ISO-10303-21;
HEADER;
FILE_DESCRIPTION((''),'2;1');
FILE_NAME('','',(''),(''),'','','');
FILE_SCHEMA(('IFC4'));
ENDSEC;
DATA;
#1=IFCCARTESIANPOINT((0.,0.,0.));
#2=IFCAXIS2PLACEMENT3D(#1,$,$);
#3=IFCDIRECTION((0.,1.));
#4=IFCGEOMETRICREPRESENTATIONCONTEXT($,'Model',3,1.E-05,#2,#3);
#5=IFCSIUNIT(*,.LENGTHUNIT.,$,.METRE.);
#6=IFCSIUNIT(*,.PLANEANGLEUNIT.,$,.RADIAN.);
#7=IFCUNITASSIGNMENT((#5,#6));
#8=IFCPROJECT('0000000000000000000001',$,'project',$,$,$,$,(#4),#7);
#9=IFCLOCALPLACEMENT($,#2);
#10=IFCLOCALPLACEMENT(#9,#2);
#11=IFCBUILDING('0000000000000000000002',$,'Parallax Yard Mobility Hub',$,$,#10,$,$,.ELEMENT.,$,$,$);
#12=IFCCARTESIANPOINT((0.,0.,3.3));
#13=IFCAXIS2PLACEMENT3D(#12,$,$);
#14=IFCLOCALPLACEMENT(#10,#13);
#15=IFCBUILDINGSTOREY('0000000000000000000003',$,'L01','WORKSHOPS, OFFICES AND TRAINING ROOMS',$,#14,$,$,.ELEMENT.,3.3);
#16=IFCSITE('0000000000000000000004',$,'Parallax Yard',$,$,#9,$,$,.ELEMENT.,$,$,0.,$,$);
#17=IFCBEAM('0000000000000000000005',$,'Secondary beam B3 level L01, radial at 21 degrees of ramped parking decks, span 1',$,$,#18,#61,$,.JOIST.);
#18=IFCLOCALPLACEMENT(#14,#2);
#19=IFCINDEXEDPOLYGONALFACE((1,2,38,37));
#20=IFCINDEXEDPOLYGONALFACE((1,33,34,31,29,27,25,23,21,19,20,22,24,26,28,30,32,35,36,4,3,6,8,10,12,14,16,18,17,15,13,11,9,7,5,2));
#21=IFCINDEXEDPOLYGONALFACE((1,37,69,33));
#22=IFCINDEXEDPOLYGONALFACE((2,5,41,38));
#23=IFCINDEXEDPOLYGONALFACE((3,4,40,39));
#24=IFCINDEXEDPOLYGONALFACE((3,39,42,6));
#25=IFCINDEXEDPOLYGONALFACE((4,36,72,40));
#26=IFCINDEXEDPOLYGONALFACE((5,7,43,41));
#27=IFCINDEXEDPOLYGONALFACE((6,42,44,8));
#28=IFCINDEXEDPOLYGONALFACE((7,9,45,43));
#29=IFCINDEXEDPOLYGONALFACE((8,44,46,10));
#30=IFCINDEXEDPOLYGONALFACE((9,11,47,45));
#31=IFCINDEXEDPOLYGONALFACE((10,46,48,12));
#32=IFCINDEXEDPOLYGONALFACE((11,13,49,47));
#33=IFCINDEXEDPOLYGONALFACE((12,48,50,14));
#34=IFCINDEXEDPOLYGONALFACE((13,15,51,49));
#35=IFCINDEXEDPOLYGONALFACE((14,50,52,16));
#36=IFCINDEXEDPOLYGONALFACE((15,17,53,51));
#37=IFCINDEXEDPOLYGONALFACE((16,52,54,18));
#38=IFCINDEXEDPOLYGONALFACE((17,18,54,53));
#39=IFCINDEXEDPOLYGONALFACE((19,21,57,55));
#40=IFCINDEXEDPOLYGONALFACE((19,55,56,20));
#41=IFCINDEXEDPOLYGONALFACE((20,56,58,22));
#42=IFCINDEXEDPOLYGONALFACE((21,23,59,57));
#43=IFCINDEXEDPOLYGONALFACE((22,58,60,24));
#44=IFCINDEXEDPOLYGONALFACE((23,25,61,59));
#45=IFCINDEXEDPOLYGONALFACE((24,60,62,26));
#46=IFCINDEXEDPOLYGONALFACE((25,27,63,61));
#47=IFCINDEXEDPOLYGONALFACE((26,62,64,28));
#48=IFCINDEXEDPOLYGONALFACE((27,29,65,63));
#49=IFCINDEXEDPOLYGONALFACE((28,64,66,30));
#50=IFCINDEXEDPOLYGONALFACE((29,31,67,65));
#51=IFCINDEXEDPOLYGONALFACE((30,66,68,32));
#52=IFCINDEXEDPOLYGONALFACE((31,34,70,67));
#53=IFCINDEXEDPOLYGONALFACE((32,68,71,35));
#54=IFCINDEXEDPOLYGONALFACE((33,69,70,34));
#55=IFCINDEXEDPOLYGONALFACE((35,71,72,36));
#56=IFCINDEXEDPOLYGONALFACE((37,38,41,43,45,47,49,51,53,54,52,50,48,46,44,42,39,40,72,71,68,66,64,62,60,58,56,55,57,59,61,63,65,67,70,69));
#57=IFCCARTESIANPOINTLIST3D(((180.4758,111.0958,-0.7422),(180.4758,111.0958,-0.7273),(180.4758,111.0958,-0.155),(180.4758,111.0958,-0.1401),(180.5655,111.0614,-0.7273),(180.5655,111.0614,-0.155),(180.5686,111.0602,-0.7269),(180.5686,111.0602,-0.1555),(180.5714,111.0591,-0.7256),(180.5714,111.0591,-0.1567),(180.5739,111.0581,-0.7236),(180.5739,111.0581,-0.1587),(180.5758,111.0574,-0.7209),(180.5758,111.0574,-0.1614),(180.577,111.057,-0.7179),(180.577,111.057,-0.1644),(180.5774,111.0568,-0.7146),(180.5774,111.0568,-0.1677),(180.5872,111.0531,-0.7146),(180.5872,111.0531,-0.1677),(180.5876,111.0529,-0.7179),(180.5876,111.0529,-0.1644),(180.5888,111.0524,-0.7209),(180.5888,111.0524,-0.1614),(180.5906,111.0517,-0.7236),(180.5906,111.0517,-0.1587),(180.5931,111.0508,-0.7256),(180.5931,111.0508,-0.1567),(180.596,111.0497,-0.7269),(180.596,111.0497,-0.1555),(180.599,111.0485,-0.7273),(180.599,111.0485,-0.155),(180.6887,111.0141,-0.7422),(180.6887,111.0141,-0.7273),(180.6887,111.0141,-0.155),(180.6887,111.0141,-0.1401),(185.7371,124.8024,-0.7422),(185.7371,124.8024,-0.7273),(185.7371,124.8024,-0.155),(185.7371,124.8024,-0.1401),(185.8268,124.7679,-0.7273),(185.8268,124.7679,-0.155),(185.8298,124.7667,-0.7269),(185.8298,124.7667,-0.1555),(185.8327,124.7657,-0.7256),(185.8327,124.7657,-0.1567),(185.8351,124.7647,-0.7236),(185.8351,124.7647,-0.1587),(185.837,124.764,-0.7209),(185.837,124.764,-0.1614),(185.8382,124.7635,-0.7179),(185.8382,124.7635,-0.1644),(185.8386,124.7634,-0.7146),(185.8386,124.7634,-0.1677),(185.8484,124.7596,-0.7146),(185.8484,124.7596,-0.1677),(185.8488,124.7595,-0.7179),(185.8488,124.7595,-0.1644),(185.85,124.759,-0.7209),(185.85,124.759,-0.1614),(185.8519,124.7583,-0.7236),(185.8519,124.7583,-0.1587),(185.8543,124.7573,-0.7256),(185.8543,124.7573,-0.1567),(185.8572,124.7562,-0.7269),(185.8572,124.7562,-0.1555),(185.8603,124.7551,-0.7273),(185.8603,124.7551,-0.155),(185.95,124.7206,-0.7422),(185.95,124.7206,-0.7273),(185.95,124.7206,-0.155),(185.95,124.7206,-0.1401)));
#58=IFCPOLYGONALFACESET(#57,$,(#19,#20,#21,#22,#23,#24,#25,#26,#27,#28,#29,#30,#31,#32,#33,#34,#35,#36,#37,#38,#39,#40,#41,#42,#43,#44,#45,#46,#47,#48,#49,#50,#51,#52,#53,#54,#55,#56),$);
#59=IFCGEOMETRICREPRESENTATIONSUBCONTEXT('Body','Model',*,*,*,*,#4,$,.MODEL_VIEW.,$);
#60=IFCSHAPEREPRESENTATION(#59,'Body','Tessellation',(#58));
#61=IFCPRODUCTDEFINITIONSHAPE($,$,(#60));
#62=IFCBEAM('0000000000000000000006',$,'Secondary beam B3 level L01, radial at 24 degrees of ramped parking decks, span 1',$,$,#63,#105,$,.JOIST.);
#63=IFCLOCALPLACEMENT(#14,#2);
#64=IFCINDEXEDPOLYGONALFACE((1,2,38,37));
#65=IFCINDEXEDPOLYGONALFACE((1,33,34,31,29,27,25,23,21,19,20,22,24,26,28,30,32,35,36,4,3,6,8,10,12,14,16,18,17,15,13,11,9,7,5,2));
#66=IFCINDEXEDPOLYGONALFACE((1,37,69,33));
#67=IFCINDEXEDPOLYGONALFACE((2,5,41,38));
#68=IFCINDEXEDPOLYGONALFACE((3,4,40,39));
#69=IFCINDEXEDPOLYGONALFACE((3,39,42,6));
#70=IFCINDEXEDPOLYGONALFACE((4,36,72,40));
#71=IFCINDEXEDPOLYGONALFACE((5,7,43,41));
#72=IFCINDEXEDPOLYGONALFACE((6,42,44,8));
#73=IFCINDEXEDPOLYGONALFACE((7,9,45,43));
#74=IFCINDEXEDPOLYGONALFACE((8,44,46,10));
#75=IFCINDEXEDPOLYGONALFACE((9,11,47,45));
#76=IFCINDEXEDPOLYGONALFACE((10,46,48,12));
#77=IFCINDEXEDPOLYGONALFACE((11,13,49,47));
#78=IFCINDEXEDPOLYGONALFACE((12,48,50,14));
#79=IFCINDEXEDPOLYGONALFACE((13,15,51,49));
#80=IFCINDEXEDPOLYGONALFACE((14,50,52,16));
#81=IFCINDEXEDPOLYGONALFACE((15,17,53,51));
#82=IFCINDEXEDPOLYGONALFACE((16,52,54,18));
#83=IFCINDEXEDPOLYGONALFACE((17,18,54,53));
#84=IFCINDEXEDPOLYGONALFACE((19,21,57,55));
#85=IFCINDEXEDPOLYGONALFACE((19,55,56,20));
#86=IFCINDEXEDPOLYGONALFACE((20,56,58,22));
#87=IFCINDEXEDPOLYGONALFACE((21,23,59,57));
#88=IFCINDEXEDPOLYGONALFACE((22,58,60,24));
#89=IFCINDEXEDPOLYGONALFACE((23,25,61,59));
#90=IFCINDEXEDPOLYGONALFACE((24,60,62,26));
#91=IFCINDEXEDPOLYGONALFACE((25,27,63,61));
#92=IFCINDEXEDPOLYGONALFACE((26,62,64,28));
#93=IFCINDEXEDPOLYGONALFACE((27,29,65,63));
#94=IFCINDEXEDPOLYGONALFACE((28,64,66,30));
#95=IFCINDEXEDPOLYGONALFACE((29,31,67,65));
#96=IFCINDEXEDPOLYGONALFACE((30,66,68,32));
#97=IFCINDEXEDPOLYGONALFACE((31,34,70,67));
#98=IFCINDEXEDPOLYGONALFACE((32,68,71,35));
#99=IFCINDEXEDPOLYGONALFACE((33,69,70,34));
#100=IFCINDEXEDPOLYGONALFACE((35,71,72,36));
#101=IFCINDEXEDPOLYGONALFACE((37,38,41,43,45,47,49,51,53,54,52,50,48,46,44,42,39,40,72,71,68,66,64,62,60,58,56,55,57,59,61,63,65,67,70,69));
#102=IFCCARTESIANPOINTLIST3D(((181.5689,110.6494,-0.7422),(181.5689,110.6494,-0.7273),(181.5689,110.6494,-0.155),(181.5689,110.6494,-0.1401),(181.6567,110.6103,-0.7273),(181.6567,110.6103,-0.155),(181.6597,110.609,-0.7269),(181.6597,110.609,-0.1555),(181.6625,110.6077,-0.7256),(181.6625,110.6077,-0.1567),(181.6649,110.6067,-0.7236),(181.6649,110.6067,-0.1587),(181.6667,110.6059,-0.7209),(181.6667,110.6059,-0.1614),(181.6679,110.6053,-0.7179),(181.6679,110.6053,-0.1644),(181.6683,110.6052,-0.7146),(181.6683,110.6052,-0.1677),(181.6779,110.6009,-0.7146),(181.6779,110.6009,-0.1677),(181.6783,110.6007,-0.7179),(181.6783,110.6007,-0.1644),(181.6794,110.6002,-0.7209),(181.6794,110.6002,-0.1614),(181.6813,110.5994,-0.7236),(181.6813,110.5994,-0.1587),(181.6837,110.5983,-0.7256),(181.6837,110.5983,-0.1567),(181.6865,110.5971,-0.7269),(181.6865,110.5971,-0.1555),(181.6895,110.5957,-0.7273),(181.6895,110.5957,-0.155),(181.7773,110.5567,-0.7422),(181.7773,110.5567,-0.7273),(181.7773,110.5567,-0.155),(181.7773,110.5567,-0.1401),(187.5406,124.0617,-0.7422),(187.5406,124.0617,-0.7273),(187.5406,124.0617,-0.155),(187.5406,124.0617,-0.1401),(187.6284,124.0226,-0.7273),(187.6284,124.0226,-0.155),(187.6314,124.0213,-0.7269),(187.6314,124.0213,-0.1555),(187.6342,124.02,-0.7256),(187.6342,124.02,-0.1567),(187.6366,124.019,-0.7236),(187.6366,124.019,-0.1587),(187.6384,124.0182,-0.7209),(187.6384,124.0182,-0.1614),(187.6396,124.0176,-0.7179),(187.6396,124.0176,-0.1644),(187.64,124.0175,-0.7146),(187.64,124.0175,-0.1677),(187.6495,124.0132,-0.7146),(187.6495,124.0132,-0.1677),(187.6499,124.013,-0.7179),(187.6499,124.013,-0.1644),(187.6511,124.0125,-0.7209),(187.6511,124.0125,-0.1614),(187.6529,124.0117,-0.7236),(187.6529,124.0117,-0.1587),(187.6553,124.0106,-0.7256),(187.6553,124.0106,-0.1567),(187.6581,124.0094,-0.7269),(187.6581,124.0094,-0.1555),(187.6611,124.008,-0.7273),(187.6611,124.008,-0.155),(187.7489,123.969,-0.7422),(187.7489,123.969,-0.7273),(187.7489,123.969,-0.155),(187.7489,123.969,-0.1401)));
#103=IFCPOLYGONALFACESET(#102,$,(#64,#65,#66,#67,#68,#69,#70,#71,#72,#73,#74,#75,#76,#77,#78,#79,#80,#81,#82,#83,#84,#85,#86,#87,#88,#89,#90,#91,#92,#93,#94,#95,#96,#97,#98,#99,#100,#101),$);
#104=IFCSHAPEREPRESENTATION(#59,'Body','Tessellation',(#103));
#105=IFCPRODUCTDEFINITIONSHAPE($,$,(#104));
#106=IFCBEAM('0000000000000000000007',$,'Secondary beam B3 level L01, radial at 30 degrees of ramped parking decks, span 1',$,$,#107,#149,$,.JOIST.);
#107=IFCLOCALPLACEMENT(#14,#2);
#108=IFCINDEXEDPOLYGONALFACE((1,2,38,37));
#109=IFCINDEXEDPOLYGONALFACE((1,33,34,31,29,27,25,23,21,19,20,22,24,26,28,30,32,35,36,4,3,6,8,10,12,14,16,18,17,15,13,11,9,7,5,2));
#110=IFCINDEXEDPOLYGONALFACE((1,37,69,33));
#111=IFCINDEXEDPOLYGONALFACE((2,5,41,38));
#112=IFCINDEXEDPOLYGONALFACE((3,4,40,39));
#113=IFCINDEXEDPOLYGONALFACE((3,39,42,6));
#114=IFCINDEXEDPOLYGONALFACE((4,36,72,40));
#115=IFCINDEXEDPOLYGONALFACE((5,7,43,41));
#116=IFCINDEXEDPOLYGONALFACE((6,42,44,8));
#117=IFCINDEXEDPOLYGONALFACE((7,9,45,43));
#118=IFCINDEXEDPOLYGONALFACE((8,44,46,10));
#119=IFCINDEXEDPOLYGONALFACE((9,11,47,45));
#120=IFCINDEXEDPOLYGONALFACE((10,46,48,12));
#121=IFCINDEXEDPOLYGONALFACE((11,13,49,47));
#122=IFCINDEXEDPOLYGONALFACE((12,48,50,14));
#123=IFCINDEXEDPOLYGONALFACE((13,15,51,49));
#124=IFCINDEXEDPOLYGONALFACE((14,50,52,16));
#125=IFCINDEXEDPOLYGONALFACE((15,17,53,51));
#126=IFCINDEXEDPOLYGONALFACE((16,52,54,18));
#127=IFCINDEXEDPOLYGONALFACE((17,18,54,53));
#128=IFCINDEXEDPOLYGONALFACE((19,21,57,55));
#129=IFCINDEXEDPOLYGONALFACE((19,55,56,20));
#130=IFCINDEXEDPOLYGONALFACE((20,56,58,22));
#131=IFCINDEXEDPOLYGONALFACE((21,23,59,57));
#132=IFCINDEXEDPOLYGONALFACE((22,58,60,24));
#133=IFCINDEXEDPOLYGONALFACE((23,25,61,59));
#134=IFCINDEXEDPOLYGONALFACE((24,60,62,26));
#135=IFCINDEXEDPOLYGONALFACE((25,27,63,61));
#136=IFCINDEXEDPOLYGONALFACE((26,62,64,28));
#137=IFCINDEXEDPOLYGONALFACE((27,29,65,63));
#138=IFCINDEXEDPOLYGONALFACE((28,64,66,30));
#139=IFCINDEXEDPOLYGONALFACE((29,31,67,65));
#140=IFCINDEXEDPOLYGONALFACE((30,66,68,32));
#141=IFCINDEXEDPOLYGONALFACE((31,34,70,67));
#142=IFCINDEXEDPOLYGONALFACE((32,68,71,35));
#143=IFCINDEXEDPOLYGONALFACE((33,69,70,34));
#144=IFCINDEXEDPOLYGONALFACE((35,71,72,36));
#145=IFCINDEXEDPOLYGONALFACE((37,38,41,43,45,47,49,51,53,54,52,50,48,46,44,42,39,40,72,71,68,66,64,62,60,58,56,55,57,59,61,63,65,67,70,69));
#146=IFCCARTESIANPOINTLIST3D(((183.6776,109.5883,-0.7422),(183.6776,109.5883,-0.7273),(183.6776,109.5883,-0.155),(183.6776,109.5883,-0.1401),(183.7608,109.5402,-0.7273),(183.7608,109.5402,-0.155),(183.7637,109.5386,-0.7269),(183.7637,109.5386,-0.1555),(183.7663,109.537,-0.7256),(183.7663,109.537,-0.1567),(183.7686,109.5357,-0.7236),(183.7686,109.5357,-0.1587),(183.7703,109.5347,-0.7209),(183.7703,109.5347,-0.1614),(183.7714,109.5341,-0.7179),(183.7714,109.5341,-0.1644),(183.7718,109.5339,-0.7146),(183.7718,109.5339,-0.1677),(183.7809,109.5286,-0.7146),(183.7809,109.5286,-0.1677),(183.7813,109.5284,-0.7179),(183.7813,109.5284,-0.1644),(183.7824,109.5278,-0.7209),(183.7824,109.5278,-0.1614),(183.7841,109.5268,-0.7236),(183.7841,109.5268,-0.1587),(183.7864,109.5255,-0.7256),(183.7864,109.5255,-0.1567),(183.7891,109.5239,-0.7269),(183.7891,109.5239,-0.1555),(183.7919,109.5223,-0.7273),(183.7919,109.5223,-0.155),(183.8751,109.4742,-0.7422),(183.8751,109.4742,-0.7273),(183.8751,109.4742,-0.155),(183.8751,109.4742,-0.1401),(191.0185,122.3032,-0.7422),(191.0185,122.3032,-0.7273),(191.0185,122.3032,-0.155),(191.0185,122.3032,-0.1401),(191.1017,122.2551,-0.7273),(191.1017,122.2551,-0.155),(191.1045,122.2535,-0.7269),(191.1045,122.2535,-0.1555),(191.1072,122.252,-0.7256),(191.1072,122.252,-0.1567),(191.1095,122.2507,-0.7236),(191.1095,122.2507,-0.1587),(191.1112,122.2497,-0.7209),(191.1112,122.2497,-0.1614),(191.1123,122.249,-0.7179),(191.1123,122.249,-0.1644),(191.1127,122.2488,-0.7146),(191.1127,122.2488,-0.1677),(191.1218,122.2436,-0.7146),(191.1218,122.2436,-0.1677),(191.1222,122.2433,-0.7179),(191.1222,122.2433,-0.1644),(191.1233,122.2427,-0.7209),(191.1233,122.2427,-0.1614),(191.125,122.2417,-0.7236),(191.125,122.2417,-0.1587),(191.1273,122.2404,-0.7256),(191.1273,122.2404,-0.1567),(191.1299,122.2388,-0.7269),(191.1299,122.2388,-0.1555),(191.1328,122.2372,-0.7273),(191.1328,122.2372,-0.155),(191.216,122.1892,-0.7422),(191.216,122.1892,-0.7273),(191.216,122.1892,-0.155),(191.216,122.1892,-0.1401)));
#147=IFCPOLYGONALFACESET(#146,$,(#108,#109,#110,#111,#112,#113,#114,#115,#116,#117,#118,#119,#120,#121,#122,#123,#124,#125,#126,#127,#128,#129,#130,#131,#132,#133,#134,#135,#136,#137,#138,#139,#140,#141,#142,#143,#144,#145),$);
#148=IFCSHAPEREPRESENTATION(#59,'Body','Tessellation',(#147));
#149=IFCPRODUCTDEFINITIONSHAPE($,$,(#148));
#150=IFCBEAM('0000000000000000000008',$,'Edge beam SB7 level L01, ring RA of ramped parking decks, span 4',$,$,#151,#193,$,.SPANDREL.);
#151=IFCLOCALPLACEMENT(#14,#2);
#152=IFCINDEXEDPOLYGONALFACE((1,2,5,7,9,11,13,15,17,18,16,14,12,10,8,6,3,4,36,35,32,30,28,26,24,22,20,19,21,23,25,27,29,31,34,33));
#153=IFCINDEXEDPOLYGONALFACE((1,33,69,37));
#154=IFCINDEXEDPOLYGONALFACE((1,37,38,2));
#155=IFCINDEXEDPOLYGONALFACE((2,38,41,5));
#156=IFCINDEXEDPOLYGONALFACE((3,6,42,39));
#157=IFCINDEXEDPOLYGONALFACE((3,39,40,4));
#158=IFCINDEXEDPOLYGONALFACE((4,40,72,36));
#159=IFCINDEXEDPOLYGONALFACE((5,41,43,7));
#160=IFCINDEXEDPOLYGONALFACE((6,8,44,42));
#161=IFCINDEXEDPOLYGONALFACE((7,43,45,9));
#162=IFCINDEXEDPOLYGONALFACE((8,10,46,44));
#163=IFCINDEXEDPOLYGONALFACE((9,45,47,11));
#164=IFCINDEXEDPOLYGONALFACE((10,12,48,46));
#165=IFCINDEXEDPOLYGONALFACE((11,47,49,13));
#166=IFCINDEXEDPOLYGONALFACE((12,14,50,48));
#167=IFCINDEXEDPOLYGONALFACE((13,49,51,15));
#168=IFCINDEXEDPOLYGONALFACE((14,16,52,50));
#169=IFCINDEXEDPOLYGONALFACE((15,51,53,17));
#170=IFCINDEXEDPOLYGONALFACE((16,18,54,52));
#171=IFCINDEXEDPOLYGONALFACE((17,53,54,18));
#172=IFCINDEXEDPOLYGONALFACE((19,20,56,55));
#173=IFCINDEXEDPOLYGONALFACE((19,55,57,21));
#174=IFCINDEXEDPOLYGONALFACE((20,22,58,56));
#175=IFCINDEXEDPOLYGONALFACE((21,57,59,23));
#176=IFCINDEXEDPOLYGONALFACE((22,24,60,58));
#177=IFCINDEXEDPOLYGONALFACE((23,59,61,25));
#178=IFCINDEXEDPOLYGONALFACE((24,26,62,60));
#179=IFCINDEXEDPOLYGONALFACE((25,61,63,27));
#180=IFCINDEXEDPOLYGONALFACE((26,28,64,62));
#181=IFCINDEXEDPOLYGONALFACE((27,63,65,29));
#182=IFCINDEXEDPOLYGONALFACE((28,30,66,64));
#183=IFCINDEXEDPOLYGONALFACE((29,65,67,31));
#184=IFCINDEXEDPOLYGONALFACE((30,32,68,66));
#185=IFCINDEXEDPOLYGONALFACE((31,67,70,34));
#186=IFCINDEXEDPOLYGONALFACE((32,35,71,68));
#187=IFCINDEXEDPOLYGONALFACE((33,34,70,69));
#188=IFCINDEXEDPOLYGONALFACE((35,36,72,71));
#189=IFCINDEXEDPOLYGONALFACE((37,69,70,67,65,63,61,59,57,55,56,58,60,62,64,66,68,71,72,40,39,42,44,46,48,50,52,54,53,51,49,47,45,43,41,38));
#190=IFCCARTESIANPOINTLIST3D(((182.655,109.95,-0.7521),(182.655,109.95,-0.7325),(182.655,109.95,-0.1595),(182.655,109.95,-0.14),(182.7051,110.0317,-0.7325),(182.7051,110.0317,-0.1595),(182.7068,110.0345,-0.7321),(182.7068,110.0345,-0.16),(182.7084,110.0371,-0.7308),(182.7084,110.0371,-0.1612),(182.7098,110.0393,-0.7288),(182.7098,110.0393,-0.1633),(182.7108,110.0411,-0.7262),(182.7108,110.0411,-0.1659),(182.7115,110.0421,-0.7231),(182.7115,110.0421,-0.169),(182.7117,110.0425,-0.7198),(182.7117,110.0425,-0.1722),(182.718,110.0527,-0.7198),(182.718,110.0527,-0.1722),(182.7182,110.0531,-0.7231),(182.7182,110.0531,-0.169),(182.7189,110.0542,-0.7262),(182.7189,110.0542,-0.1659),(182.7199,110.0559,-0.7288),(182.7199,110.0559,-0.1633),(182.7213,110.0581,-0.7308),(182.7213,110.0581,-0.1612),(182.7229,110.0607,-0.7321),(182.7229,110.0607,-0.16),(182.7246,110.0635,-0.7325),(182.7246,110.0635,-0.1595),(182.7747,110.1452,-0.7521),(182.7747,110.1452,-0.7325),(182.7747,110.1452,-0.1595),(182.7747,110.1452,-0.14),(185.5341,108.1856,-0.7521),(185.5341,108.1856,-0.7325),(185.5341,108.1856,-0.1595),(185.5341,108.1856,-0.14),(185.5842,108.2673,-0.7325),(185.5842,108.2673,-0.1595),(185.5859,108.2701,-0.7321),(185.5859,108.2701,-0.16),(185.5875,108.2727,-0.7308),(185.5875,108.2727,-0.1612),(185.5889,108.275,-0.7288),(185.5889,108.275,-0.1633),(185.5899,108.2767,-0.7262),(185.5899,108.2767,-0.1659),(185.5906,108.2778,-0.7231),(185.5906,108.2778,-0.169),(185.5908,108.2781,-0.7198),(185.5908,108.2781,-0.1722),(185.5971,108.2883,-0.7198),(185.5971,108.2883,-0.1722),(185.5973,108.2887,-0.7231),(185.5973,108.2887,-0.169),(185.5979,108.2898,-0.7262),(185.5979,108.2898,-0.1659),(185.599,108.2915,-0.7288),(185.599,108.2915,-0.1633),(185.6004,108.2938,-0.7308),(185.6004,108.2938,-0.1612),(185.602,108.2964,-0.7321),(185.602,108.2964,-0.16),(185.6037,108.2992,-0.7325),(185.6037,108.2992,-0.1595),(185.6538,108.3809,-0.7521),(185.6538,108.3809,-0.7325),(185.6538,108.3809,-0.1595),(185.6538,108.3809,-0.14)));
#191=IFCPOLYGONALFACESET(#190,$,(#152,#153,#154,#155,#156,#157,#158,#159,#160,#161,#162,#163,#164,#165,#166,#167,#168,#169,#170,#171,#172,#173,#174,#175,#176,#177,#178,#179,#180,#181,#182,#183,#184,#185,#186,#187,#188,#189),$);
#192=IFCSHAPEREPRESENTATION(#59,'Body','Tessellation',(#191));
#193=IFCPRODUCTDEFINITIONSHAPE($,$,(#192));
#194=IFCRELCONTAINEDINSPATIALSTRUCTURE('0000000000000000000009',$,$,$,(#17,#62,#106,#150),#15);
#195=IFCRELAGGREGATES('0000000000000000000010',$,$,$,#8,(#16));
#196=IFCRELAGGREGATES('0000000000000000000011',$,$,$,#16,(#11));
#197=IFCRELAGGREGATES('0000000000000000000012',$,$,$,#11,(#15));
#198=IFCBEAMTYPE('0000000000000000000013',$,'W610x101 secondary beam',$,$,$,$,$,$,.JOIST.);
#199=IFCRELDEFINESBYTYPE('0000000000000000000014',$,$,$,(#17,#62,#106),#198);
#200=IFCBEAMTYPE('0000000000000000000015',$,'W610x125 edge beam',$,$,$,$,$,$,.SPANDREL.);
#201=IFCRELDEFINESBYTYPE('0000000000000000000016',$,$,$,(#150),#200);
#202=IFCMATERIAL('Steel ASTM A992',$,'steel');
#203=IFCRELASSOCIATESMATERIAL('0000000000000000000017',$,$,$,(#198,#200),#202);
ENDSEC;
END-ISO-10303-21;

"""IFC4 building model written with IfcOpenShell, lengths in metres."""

from ifc_helpers import new_model, si_unit, direction, frame, origin, origin_2d, place, context, subcontext, project, spatial, i_section, extrude, material, material_profile, profile_set, type_object, element, save


model = new_model("IFC4")

# Units and contexts
model_context = context("Model", 3, precision=1e-05, world=origin(), true_north=direction((0.0, 1.0)))
body_context = subcontext(model_context, "Body", "Model", "MODEL_VIEW")
ifc_project = project(units=[si_unit("LENGTHUNIT", "METRE"), si_unit("PLANEANGLEUNIT", "RADIAN")], contexts=[model_context])

# Site, building, storey
site_placement = place(None, origin())
site = spatial("IfcSite", under=ifc_project, at=site_placement, Name="Parallax Yard", CompositionType="ELEMENT", RefElevation=0.0)
building_placement = place(site_placement, origin())
building = spatial("IfcBuilding", under=site, at=building_placement, Name="Parallax Yard Mobility Hub", CompositionType="ELEMENT")
storey_placement = place(building_placement, frame((0.0, 0.0, 3.3)))
storey = spatial("IfcBuildingStorey", under=building, at=storey_placement, Name="L01", Description="WORKSHOPS, OFFICES AND TRAINING ROOMS", CompositionType="ELEMENT", Elevation=3.3)

# Beams
ifc_material_1 = material(Name="Steel ASTM A992", Category="steel")
ifc_material_profile_1 = material_profile(ifc_material_1, i_section(OverallWidth=0.228, OverallDepth=0.6021, WebThickness=0.0105, FlangeThickness=0.0149, FilletRadius=0.0127, at=origin_2d()), Name="W610x101")
ifc_profile_set_1 = profile_set([ifc_material_profile_1], Name="Steel ASTM A992")
beam_type_1 = type_object("IfcBeamType", Name="W610x101 secondary beam", PredefinedType="JOIST", material=ifc_profile_set_1)
for number, where, z_axis, x_axis, name in (
    (1, (180.5823, 111.0549, -0.4412), (0.358355, 0.933585, 0.0), (-0.933585, 0.358355, 0.0), "Secondary beam B3 level L01, radial at 21 degrees of ramped parking decks, span 1"),
    (2, (181.6731, 110.603, -0.4412), (0.406743, 0.913543, 0.0), (-0.913543, 0.406743, 0.0), "Secondary beam B3 level L01, radial at 24 degrees of ramped parking decks, span 1"),
):
    element("IfcBeam", number, at=place(storey_placement, frame(where, z_axis=z_axis, x_axis=x_axis)), inside=storey, type_object=beam_type_1, Name=name, PredefinedType="JOIST", context=body_context, shape_type="SweptSolid", body=[
        extrude(i_section(OverallWidth=0.228, OverallDepth=0.6021, WebThickness=0.0105, FlangeThickness=0.0149, FilletRadius=0.0127, at=origin_2d()), origin(), (0.0, 0.0, 1.0), 14.6816),
    ])
beam_1_placement = place(storey_placement, frame((183.7764, 109.5312, -0.4412), z_axis=(0.499995, 0.866028, 0.0), x_axis=(-0.866028, 0.499995, 0.0)))
element("IfcBeam", 3, at=beam_1_placement, inside=storey, type_object=beam_type_1, Name="Secondary beam B3 level L01, radial at 30 degrees of ramped parking decks, span 1", PredefinedType="JOIST", context=body_context, shape_type="SweptSolid", body=[
    extrude(i_section(OverallWidth=0.228, OverallDepth=0.6021, WebThickness=0.0105, FlangeThickness=0.0149, FilletRadius=0.0127, at=origin_2d()), origin(), (0.0, 0.0, 1.0), 14.6819),
])
ifc_material_profile_2 = material_profile(ifc_material_1, i_section(OverallWidth=0.229, OverallDepth=0.6121, WebThickness=0.012, FlangeThickness=0.0195, FilletRadius=0.0127, at=origin_2d()), Name="W610x125")
ifc_profile_set_2 = profile_set([ifc_material_profile_2], Name="Steel ASTM A992")
beam_type_2 = type_object("IfcBeamType", Name="W610x125 edge beam", PredefinedType="SPANDREL", material=ifc_profile_set_2)
beam_2_placement = place(storey_placement, frame((182.7148, 110.0476, -0.446), z_axis=(0.852632, -0.522511, 0.0), x_axis=(0.522511, 0.852632, 0.0)))
element("IfcBeam", 4, at=beam_2_placement, inside=storey, type_object=beam_type_2, Name="Edge beam SB7 level L01, ring RA of ramped parking decks, span 4", PredefinedType="SPANDREL", context=body_context, shape_type="SweptSolid", body=[
    extrude(i_section(OverallWidth=0.229, OverallDepth=0.6121, WebThickness=0.012, FlangeThickness=0.0195, FilletRadius=0.0127, at=origin_2d()), origin(), (0.0, 0.0, 1.0), 3.3767),
])

save(model, "model.ifc")
